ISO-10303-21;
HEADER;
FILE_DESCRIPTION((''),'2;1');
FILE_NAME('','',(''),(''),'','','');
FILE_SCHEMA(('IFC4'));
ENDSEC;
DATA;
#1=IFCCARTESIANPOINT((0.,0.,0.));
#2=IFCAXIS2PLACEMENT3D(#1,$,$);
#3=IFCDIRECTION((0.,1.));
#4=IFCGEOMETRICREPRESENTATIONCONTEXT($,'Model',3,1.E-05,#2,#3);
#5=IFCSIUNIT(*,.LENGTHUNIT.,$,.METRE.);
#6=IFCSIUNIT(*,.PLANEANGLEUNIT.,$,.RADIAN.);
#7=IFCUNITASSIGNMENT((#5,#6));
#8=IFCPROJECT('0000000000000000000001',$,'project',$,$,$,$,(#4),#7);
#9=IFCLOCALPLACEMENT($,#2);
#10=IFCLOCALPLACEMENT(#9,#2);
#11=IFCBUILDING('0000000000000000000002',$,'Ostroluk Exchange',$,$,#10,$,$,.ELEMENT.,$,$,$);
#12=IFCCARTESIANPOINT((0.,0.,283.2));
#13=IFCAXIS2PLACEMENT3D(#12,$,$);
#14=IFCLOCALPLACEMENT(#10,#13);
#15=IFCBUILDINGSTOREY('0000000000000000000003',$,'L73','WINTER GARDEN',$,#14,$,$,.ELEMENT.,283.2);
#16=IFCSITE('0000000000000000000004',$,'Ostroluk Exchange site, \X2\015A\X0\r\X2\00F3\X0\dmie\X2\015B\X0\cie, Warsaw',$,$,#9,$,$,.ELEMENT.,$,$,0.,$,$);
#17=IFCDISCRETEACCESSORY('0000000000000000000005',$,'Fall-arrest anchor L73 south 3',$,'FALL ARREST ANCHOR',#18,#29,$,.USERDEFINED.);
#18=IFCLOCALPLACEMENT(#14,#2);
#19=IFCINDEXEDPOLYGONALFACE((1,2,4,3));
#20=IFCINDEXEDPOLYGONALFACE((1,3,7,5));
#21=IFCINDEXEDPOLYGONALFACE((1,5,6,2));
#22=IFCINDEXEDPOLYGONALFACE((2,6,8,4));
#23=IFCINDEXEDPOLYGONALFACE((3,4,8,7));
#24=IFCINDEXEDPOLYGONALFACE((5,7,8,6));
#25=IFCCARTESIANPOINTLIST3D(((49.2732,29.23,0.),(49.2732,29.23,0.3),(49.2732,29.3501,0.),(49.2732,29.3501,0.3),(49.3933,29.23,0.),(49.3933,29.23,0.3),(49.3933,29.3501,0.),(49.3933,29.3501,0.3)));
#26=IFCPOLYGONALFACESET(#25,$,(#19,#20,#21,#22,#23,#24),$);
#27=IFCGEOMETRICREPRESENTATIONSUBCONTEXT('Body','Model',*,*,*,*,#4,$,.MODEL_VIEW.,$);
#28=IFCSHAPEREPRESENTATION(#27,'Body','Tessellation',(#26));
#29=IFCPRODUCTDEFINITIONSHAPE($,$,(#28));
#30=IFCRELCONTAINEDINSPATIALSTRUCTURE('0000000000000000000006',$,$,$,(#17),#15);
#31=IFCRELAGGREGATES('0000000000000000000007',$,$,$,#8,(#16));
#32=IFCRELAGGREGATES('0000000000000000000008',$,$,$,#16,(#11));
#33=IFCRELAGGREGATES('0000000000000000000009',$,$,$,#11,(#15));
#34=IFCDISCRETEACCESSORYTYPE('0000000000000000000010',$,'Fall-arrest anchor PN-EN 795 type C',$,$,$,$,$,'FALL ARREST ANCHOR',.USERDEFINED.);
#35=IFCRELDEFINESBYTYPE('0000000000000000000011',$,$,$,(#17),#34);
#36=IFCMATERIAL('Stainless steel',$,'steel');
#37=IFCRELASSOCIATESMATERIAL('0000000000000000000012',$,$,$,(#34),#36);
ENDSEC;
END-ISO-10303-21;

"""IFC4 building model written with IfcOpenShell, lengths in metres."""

from ifc_helpers import new_model, si_unit, direction, frame, origin, origin_2d, place, context, subcontext, project, spatial, rectangle, extrude, material, type_object, element, save


model = new_model("IFC4")

# Units and contexts
model_context = context("Model", 3, precision=1e-05, world=origin(), true_north=direction((0.0, 1.0)))
body_context = subcontext(model_context, "Body", "Model", "MODEL_VIEW")
ifc_project = project(units=[si_unit("LENGTHUNIT", "METRE"), si_unit("PLANEANGLEUNIT", "RADIAN")], contexts=[model_context])

# Site, building, storey
site_placement = place(None, origin())
site = spatial("IfcSite", under=ifc_project, at=site_placement, Name="Ostroluk Exchange site, Śródmieście, Warsaw", CompositionType="ELEMENT", RefElevation=0.0)
building_placement = place(site_placement, origin())
building = spatial("IfcBuilding", under=site, at=building_placement, Name="Ostroluk Exchange", CompositionType="ELEMENT")
storey_placement = place(building_placement, frame((0.0, 0.0, 283.2)))
storey = spatial("IfcBuildingStorey", under=building, at=storey_placement, Name="L73", Description="WINTER GARDEN", CompositionType="ELEMENT", Elevation=283.2)

# Discrete accessory
ifc_material_1 = material(Name="Stainless steel", Category="steel")
discrete_accessory_type = type_object("IfcDiscreteAccessoryType", Name="Fall-arrest anchor PN-EN 795 type C", ElementType="FALL ARREST ANCHOR", PredefinedType="USERDEFINED", material=ifc_material_1)
discrete_accessory_placement = place(storey_placement, frame((49.3333, 29.29, 0.0), z_axis=(0.0, 0.0, 1.0), x_axis=(1.0, 0.0, 0.0)))
element("IfcDiscreteAccessory", 1, at=discrete_accessory_placement, inside=storey, type_object=discrete_accessory_type, Name="Fall-arrest anchor L73 south 3", ObjectType="FALL ARREST ANCHOR", PredefinedType="USERDEFINED", context=body_context, shape_type="SweptSolid", body=[
    extrude(rectangle(XDim=0.1201, YDim=0.1201, at=origin_2d()), origin(), (0.0, 0.0, 1.0), 0.3),
])

save(model, "model.ifc")
